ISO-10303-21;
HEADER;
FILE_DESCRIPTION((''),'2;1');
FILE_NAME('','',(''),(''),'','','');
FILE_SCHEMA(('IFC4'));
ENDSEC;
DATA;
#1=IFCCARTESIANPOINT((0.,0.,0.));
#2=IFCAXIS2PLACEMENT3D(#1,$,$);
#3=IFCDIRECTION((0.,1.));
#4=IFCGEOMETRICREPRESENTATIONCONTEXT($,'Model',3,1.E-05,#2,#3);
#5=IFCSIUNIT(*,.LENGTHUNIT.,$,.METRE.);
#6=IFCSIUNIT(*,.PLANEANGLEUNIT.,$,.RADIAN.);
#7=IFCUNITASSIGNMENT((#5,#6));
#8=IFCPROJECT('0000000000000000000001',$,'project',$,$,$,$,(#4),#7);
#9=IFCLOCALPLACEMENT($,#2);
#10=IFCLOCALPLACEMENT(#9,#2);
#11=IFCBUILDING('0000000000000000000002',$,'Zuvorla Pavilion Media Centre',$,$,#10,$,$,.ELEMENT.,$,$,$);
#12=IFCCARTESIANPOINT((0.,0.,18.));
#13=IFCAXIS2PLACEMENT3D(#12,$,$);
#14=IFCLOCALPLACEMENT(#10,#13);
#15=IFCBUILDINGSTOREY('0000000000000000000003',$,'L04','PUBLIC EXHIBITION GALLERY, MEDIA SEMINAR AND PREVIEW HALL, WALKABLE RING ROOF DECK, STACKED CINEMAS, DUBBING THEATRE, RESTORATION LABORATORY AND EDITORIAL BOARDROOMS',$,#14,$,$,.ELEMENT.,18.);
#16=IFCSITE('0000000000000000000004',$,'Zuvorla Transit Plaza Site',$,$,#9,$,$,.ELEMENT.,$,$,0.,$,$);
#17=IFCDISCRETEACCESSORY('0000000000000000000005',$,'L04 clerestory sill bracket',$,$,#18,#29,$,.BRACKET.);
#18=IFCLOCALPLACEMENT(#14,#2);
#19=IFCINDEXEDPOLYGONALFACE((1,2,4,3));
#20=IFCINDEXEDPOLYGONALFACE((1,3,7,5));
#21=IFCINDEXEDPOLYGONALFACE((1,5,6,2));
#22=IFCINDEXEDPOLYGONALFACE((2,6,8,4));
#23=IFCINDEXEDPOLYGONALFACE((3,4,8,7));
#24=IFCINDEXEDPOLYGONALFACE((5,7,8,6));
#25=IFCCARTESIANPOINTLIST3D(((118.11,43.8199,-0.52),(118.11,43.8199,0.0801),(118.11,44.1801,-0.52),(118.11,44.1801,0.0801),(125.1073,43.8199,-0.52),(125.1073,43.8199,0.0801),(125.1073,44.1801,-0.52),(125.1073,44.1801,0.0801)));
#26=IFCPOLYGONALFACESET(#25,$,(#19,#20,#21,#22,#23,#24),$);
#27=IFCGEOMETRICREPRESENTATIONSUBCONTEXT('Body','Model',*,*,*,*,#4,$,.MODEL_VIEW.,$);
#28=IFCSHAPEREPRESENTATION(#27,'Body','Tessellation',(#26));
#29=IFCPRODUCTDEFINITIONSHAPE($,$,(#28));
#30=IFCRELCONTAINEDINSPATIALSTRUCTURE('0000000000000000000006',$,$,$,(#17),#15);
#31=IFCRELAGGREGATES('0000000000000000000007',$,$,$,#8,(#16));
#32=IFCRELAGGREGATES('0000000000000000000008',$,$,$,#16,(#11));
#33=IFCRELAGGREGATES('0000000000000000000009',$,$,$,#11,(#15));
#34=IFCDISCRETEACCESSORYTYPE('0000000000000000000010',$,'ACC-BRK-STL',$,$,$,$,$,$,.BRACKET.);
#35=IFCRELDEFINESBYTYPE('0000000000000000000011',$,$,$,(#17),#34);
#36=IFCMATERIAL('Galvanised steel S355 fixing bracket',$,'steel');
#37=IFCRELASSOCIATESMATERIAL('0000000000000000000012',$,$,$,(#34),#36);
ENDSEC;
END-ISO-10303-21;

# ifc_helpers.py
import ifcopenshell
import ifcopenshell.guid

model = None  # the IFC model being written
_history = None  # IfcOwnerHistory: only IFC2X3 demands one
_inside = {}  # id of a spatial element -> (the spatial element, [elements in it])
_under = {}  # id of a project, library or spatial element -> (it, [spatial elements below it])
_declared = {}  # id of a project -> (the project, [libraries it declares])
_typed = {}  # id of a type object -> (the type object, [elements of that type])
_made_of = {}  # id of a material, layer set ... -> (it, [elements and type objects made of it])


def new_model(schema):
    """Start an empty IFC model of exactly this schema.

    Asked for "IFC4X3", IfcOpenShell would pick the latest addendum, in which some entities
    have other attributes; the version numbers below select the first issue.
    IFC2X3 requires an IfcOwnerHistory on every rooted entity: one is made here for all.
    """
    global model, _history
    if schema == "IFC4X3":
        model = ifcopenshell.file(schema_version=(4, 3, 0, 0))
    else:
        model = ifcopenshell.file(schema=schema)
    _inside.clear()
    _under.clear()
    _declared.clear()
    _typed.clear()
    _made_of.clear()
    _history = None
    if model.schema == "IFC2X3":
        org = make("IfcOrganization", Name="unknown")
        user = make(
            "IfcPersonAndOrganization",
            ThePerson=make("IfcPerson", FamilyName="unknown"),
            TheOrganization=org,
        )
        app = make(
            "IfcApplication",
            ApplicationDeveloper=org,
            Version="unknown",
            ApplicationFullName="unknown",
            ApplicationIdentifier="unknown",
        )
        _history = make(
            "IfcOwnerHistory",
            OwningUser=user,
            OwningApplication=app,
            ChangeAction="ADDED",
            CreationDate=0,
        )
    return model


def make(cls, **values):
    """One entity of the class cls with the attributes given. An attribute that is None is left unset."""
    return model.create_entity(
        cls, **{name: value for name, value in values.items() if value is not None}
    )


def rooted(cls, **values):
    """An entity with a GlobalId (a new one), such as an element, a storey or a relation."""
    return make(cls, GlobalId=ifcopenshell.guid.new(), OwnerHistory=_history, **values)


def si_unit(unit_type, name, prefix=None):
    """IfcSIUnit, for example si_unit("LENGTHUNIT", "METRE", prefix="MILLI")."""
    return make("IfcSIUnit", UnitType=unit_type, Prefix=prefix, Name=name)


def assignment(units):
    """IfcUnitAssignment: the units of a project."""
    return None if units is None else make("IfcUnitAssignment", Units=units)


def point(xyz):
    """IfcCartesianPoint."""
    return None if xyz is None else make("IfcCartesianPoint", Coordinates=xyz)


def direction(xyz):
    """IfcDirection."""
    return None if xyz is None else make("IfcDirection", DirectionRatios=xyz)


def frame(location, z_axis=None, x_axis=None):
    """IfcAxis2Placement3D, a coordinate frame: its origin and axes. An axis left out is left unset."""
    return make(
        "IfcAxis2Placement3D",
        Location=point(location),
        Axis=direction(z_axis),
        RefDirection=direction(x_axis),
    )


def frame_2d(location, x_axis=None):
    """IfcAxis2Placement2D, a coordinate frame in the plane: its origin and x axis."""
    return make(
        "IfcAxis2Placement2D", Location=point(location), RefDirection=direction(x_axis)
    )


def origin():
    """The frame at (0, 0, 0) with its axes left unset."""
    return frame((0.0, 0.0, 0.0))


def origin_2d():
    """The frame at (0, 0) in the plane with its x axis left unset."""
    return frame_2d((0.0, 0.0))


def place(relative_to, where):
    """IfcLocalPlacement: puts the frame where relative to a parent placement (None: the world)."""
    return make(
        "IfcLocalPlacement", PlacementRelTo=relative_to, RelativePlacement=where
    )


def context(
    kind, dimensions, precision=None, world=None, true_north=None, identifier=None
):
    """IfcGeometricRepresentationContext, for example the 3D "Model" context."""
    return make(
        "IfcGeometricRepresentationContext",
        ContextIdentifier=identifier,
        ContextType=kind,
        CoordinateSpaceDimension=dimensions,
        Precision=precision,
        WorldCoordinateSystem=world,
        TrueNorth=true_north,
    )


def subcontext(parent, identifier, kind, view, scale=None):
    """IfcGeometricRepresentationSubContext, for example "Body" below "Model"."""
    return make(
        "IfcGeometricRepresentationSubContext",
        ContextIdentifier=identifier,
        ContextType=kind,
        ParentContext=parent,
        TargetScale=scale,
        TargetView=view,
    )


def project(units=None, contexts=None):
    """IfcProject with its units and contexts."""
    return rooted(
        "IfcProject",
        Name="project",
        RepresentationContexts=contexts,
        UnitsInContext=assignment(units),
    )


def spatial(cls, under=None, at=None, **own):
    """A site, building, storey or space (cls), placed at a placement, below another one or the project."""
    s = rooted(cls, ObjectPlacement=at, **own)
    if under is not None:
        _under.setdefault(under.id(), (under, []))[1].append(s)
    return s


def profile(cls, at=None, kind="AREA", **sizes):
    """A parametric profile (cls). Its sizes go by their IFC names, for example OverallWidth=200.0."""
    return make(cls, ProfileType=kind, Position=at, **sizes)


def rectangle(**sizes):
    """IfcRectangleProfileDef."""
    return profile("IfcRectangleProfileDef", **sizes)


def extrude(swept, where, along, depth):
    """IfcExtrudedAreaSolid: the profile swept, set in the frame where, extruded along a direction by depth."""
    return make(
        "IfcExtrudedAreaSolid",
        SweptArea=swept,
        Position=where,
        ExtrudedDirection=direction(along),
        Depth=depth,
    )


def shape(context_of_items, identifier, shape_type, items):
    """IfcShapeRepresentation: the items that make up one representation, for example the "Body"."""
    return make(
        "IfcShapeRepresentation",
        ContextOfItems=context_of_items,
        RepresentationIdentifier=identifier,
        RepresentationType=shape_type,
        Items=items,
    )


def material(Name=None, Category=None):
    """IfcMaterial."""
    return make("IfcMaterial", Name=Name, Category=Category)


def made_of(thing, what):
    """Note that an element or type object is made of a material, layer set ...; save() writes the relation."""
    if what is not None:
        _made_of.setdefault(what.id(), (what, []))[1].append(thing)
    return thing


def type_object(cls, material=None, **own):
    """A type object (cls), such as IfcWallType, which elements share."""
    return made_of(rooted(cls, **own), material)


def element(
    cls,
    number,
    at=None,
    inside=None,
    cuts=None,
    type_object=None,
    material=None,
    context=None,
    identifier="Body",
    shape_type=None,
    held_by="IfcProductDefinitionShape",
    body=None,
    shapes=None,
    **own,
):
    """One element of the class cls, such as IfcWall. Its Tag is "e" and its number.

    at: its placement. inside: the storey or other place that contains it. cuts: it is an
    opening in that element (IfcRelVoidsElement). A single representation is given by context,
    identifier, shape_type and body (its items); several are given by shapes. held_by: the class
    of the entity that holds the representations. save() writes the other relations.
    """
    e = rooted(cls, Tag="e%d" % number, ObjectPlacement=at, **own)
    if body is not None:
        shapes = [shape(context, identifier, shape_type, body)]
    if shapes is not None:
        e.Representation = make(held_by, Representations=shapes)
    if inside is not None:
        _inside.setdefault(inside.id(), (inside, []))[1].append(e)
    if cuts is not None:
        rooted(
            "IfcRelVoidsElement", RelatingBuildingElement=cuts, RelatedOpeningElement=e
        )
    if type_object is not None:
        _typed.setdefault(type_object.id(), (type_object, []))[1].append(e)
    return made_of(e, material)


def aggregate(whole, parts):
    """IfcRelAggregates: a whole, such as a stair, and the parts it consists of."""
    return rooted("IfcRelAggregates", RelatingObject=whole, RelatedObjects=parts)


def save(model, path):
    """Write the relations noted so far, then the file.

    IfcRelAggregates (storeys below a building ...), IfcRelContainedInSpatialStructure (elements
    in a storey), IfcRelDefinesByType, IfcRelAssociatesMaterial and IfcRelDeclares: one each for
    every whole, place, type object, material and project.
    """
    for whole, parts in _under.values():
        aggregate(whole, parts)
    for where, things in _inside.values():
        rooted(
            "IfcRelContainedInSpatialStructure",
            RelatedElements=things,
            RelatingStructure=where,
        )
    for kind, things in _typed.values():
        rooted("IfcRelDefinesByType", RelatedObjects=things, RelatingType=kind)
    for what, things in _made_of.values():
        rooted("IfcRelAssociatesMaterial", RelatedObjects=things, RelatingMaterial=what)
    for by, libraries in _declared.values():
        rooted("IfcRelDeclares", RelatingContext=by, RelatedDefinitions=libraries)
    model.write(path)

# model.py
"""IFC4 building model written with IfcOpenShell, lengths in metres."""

from ifc_helpers import new_model, si_unit, direction, frame, origin, origin_2d, place, context, subcontext, project, spatial, rectangle, extrude, material, type_object, element, save


model = new_model("IFC4")

# Units and contexts
model_context = context("Model", 3, precision=1e-05, world=origin(), true_north=direction((0.0, 1.0)))
body_context = subcontext(model_context, "Body", "Model", "MODEL_VIEW")
ifc_project = project(units=[si_unit("LENGTHUNIT", "METRE"), si_unit("PLANEANGLEUNIT", "RADIAN")], contexts=[model_context])

# Site, building, storey
site_placement = place(None, origin())
site = spatial("IfcSite", under=ifc_project, at=site_placement, Name="Zuvorla Transit Plaza Site", CompositionType="ELEMENT", RefElevation=0.0)
building_placement = place(site_placement, origin())
building = spatial("IfcBuilding", under=site, at=building_placement, Name="Zuvorla Pavilion Media Centre", CompositionType="ELEMENT")
storey_placement = place(building_placement, frame((0.0, 0.0, 18.0)))
storey = spatial("IfcBuildingStorey", under=building, at=storey_placement, Name="L04", Description="PUBLIC EXHIBITION GALLERY, MEDIA SEMINAR AND PREVIEW HALL, WALKABLE RING ROOF DECK, STACKED CINEMAS, DUBBING THEATRE, RESTORATION LABORATORY AND EDITORIAL BOARDROOMS", CompositionType="ELEMENT", Elevation=18.0)

# Discrete accessory
ifc_material_1 = material(Name="Galvanised steel S355 fixing bracket", Category="steel")
discrete_accessory_type = type_object("IfcDiscreteAccessoryType", Name="ACC-BRK-STL", PredefinedType="BRACKET", material=ifc_material_1)
discrete_accessory_placement = place(storey_placement, frame((121.6086, 44.0, -0.52), z_axis=(0.0, 0.0, 1.0), x_axis=(1.0, 0.0, 0.0)))
element("IfcDiscreteAccessory", 1, at=discrete_accessory_placement, inside=storey, type_object=discrete_accessory_type, Name="L04 clerestory sill bracket", PredefinedType="BRACKET", context=body_context, shape_type="SweptSolid", body=[
    extrude(rectangle(XDim=6.9973, YDim=0.3601, at=origin_2d()), origin(), (0.0, 0.0, 1.0), 0.6001),
])

save(model, "model.ifc")
